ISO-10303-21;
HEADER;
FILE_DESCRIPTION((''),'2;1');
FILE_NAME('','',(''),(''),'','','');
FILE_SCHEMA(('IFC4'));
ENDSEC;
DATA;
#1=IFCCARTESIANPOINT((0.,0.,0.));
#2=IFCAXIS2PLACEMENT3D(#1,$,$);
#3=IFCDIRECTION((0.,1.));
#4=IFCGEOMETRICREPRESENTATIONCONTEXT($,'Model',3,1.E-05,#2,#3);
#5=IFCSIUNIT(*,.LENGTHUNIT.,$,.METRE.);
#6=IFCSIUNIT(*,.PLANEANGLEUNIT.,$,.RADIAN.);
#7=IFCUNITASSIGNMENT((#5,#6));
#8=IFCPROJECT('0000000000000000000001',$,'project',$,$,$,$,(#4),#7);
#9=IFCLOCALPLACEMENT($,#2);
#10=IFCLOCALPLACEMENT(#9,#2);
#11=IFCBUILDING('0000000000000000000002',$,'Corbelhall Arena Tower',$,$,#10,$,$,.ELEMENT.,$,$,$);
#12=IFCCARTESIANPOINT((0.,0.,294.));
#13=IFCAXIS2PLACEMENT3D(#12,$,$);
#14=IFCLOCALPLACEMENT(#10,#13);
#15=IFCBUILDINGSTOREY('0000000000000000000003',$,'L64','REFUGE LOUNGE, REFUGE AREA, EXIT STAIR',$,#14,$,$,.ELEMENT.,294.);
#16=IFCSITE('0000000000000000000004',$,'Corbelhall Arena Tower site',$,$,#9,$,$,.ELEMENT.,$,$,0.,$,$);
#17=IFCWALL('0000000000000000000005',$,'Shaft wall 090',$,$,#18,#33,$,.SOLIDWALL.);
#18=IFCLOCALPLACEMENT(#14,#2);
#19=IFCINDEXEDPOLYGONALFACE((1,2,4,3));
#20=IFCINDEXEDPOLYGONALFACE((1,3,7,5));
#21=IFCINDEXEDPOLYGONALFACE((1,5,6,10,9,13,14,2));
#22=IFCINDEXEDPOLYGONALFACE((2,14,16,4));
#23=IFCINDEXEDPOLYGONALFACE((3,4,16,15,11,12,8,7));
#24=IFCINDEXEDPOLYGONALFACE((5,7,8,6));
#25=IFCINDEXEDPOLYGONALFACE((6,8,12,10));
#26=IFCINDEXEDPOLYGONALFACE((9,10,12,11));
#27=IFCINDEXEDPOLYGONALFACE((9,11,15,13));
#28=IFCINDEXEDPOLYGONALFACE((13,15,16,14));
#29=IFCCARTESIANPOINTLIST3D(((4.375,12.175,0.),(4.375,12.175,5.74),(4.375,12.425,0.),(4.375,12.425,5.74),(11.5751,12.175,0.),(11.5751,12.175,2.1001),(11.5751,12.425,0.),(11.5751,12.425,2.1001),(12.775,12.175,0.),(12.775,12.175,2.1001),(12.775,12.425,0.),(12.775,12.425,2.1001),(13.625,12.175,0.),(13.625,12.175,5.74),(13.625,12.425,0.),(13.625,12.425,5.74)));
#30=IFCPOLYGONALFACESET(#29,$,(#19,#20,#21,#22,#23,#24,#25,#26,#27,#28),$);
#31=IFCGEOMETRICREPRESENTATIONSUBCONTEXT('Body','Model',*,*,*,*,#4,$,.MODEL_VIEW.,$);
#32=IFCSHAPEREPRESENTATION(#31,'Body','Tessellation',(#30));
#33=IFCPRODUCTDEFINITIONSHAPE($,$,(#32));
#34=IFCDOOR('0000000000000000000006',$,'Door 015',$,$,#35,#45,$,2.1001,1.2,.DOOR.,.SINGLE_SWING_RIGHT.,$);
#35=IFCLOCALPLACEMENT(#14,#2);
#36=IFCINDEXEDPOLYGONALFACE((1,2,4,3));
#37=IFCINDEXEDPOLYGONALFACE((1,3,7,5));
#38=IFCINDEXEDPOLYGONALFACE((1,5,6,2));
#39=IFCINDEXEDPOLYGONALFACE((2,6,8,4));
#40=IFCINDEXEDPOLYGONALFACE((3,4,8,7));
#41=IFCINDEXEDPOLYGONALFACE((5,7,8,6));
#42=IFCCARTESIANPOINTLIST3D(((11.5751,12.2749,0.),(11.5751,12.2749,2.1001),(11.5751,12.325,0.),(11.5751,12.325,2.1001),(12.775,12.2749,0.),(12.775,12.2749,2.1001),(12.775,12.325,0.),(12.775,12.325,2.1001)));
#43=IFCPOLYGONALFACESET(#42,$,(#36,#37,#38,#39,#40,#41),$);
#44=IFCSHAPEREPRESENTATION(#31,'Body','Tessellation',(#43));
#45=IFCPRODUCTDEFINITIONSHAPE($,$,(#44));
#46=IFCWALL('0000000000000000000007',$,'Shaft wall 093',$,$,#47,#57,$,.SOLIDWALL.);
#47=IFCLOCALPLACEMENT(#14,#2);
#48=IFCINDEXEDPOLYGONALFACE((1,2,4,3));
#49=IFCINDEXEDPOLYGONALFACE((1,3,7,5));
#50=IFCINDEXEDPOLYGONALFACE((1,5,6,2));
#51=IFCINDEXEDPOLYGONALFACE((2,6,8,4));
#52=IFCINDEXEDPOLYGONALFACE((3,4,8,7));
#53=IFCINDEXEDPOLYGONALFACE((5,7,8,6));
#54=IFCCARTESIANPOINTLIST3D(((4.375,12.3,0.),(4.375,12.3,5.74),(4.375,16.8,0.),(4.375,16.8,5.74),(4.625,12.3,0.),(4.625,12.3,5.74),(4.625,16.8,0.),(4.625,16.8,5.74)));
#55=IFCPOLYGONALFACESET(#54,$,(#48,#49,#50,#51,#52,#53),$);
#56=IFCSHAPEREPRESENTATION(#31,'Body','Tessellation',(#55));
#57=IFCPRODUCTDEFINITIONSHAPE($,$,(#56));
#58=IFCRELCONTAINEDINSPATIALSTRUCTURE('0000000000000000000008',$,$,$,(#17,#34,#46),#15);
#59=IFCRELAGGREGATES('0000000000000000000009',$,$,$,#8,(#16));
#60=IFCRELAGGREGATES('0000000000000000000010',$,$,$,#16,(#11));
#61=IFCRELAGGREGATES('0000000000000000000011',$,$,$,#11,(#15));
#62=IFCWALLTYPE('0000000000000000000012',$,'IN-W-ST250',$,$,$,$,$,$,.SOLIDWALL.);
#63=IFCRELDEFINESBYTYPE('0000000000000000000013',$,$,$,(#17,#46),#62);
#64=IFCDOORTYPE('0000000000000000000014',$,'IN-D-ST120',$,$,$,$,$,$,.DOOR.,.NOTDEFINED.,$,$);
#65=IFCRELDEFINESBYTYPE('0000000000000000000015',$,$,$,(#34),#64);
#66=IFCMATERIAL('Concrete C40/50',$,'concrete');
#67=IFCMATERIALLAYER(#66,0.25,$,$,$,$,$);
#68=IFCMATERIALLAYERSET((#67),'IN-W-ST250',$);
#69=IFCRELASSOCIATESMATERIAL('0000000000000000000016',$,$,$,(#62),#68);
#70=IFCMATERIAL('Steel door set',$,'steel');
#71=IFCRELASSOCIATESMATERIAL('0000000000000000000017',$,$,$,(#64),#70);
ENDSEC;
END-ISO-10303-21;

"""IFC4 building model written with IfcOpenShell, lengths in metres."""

from ifc_helpers import new_model, si_unit, direction, frame, frame_2d, origin, place, context, subcontext, project, spatial, rectangle, extrude, material, layer, layer_set, type_object, element, fill, save


model = new_model("IFC4")

# Units and contexts
model_context = context("Model", 3, precision=1e-05, world=origin(), true_north=direction((0.0, 1.0)))
body_context = subcontext(model_context, "Body", "Model", "MODEL_VIEW")
ifc_project = project(units=[si_unit("LENGTHUNIT", "METRE"), si_unit("PLANEANGLEUNIT", "RADIAN")], contexts=[model_context])

# Site, building, storey
site_placement = place(None, origin())
site = spatial("IfcSite", under=ifc_project, at=site_placement, Name="Corbelhall Arena Tower site", CompositionType="ELEMENT", RefElevation=0.0)
building_placement = place(site_placement, origin())
building = spatial("IfcBuilding", under=site, at=building_placement, Name="Corbelhall Arena Tower", CompositionType="ELEMENT")
storey_placement = place(building_placement, frame((0.0, 0.0, 294.0)))
storey = spatial("IfcBuildingStorey", under=building, at=storey_placement, Name="L64", Description="REFUGE LOUNGE, REFUGE AREA, EXIT STAIR", CompositionType="ELEMENT", Elevation=294.0)

# Shared definitions
ifc_material_1 = material(Name="Concrete C40/50", Category="concrete")

# Shared definitions
ifc_material_2 = material(Name="Steel door set", Category="steel")

# Wall, opening, door
ifc_layer_1 = layer(ifc_material_1, 0.25)
ifc_layer_set_1 = layer_set([ifc_layer_1], Name="IN-W-ST250")
wall_type_1 = type_object("IfcWallType", Name="IN-W-ST250", PredefinedType="SOLIDWALL", material=ifc_layer_set_1)
wall_1_placement = place(storey_placement, frame((4.375, 12.3, 0.0), z_axis=(0.0, 0.0, 1.0), x_axis=(1.0, 0.0, 0.0)))
wall_1 = element("IfcWall", 1, at=wall_1_placement, inside=storey, type_object=wall_type_1, Name="Shaft wall 090", PredefinedType="SOLIDWALL", context=body_context, shape_type="SweptSolid", body=[
    extrude(rectangle(XDim=9.25, YDim=0.25, at=frame_2d((4.625, 0.0))), origin(), (0.0, 0.0, 1.0), 5.74),
])
opening_1_placement = place(wall_1_placement, frame((7.2, 0.0, 0.0)))
opening_1 = element("IfcOpeningElement", 2, at=opening_1_placement, cuts=wall_1, PredefinedType="OPENING", context=body_context, shape_type="SweptSolid", body=[
    extrude(rectangle(XDim=1.2, YDim=2.1001, at=frame_2d((0.6001, 1.05))), frame((0.0, 0.125, 0.0), z_axis=(0.0, -1.0, 0.0), x_axis=(1.0, 0.0, 0.0)), (0.0, 0.0, 1.0), 0.25),
])
door_type_1 = type_object("IfcDoorType", Name="IN-D-ST120", OperationType="NOTDEFINED", PredefinedType="DOOR", material=ifc_material_2)
door_1_placement = place(opening_1_placement, origin())
door_1 = element("IfcDoor", 3, at=door_1_placement, inside=storey, type_object=door_type_1, Name="Door 015", OperationType="SINGLE_SWING_RIGHT", OverallHeight=2.1001, OverallWidth=1.2, PredefinedType="DOOR", context=body_context, shape_type="SweptSolid", body=[
    extrude(rectangle(XDim=1.2, YDim=2.1001, at=frame_2d((0.6001, 1.05))), frame((0.0, 0.0249, 0.0), z_axis=(0.0, -1.0, 0.0), x_axis=(1.0, 0.0, 0.0)), (0.0, 0.0, 1.0), 0.05),
])
fill(opening_1, door_1)

# Wall
wall_2_placement = place(storey_placement, frame((4.5, 12.3, 0.0), z_axis=(0.0, 0.0, 1.0), x_axis=(0.0, 1.0, 0.0)))
element("IfcWall", 4, at=wall_2_placement, inside=storey, type_object=wall_type_1, Name="Shaft wall 093", PredefinedType="SOLIDWALL", context=body_context, shape_type="SweptSolid", body=[
    extrude(rectangle(XDim=4.5, YDim=0.25, at=frame_2d((2.25, 0.0))), origin(), (0.0, 0.0, 1.0), 5.74),
])

save(model, "model.ifc")
